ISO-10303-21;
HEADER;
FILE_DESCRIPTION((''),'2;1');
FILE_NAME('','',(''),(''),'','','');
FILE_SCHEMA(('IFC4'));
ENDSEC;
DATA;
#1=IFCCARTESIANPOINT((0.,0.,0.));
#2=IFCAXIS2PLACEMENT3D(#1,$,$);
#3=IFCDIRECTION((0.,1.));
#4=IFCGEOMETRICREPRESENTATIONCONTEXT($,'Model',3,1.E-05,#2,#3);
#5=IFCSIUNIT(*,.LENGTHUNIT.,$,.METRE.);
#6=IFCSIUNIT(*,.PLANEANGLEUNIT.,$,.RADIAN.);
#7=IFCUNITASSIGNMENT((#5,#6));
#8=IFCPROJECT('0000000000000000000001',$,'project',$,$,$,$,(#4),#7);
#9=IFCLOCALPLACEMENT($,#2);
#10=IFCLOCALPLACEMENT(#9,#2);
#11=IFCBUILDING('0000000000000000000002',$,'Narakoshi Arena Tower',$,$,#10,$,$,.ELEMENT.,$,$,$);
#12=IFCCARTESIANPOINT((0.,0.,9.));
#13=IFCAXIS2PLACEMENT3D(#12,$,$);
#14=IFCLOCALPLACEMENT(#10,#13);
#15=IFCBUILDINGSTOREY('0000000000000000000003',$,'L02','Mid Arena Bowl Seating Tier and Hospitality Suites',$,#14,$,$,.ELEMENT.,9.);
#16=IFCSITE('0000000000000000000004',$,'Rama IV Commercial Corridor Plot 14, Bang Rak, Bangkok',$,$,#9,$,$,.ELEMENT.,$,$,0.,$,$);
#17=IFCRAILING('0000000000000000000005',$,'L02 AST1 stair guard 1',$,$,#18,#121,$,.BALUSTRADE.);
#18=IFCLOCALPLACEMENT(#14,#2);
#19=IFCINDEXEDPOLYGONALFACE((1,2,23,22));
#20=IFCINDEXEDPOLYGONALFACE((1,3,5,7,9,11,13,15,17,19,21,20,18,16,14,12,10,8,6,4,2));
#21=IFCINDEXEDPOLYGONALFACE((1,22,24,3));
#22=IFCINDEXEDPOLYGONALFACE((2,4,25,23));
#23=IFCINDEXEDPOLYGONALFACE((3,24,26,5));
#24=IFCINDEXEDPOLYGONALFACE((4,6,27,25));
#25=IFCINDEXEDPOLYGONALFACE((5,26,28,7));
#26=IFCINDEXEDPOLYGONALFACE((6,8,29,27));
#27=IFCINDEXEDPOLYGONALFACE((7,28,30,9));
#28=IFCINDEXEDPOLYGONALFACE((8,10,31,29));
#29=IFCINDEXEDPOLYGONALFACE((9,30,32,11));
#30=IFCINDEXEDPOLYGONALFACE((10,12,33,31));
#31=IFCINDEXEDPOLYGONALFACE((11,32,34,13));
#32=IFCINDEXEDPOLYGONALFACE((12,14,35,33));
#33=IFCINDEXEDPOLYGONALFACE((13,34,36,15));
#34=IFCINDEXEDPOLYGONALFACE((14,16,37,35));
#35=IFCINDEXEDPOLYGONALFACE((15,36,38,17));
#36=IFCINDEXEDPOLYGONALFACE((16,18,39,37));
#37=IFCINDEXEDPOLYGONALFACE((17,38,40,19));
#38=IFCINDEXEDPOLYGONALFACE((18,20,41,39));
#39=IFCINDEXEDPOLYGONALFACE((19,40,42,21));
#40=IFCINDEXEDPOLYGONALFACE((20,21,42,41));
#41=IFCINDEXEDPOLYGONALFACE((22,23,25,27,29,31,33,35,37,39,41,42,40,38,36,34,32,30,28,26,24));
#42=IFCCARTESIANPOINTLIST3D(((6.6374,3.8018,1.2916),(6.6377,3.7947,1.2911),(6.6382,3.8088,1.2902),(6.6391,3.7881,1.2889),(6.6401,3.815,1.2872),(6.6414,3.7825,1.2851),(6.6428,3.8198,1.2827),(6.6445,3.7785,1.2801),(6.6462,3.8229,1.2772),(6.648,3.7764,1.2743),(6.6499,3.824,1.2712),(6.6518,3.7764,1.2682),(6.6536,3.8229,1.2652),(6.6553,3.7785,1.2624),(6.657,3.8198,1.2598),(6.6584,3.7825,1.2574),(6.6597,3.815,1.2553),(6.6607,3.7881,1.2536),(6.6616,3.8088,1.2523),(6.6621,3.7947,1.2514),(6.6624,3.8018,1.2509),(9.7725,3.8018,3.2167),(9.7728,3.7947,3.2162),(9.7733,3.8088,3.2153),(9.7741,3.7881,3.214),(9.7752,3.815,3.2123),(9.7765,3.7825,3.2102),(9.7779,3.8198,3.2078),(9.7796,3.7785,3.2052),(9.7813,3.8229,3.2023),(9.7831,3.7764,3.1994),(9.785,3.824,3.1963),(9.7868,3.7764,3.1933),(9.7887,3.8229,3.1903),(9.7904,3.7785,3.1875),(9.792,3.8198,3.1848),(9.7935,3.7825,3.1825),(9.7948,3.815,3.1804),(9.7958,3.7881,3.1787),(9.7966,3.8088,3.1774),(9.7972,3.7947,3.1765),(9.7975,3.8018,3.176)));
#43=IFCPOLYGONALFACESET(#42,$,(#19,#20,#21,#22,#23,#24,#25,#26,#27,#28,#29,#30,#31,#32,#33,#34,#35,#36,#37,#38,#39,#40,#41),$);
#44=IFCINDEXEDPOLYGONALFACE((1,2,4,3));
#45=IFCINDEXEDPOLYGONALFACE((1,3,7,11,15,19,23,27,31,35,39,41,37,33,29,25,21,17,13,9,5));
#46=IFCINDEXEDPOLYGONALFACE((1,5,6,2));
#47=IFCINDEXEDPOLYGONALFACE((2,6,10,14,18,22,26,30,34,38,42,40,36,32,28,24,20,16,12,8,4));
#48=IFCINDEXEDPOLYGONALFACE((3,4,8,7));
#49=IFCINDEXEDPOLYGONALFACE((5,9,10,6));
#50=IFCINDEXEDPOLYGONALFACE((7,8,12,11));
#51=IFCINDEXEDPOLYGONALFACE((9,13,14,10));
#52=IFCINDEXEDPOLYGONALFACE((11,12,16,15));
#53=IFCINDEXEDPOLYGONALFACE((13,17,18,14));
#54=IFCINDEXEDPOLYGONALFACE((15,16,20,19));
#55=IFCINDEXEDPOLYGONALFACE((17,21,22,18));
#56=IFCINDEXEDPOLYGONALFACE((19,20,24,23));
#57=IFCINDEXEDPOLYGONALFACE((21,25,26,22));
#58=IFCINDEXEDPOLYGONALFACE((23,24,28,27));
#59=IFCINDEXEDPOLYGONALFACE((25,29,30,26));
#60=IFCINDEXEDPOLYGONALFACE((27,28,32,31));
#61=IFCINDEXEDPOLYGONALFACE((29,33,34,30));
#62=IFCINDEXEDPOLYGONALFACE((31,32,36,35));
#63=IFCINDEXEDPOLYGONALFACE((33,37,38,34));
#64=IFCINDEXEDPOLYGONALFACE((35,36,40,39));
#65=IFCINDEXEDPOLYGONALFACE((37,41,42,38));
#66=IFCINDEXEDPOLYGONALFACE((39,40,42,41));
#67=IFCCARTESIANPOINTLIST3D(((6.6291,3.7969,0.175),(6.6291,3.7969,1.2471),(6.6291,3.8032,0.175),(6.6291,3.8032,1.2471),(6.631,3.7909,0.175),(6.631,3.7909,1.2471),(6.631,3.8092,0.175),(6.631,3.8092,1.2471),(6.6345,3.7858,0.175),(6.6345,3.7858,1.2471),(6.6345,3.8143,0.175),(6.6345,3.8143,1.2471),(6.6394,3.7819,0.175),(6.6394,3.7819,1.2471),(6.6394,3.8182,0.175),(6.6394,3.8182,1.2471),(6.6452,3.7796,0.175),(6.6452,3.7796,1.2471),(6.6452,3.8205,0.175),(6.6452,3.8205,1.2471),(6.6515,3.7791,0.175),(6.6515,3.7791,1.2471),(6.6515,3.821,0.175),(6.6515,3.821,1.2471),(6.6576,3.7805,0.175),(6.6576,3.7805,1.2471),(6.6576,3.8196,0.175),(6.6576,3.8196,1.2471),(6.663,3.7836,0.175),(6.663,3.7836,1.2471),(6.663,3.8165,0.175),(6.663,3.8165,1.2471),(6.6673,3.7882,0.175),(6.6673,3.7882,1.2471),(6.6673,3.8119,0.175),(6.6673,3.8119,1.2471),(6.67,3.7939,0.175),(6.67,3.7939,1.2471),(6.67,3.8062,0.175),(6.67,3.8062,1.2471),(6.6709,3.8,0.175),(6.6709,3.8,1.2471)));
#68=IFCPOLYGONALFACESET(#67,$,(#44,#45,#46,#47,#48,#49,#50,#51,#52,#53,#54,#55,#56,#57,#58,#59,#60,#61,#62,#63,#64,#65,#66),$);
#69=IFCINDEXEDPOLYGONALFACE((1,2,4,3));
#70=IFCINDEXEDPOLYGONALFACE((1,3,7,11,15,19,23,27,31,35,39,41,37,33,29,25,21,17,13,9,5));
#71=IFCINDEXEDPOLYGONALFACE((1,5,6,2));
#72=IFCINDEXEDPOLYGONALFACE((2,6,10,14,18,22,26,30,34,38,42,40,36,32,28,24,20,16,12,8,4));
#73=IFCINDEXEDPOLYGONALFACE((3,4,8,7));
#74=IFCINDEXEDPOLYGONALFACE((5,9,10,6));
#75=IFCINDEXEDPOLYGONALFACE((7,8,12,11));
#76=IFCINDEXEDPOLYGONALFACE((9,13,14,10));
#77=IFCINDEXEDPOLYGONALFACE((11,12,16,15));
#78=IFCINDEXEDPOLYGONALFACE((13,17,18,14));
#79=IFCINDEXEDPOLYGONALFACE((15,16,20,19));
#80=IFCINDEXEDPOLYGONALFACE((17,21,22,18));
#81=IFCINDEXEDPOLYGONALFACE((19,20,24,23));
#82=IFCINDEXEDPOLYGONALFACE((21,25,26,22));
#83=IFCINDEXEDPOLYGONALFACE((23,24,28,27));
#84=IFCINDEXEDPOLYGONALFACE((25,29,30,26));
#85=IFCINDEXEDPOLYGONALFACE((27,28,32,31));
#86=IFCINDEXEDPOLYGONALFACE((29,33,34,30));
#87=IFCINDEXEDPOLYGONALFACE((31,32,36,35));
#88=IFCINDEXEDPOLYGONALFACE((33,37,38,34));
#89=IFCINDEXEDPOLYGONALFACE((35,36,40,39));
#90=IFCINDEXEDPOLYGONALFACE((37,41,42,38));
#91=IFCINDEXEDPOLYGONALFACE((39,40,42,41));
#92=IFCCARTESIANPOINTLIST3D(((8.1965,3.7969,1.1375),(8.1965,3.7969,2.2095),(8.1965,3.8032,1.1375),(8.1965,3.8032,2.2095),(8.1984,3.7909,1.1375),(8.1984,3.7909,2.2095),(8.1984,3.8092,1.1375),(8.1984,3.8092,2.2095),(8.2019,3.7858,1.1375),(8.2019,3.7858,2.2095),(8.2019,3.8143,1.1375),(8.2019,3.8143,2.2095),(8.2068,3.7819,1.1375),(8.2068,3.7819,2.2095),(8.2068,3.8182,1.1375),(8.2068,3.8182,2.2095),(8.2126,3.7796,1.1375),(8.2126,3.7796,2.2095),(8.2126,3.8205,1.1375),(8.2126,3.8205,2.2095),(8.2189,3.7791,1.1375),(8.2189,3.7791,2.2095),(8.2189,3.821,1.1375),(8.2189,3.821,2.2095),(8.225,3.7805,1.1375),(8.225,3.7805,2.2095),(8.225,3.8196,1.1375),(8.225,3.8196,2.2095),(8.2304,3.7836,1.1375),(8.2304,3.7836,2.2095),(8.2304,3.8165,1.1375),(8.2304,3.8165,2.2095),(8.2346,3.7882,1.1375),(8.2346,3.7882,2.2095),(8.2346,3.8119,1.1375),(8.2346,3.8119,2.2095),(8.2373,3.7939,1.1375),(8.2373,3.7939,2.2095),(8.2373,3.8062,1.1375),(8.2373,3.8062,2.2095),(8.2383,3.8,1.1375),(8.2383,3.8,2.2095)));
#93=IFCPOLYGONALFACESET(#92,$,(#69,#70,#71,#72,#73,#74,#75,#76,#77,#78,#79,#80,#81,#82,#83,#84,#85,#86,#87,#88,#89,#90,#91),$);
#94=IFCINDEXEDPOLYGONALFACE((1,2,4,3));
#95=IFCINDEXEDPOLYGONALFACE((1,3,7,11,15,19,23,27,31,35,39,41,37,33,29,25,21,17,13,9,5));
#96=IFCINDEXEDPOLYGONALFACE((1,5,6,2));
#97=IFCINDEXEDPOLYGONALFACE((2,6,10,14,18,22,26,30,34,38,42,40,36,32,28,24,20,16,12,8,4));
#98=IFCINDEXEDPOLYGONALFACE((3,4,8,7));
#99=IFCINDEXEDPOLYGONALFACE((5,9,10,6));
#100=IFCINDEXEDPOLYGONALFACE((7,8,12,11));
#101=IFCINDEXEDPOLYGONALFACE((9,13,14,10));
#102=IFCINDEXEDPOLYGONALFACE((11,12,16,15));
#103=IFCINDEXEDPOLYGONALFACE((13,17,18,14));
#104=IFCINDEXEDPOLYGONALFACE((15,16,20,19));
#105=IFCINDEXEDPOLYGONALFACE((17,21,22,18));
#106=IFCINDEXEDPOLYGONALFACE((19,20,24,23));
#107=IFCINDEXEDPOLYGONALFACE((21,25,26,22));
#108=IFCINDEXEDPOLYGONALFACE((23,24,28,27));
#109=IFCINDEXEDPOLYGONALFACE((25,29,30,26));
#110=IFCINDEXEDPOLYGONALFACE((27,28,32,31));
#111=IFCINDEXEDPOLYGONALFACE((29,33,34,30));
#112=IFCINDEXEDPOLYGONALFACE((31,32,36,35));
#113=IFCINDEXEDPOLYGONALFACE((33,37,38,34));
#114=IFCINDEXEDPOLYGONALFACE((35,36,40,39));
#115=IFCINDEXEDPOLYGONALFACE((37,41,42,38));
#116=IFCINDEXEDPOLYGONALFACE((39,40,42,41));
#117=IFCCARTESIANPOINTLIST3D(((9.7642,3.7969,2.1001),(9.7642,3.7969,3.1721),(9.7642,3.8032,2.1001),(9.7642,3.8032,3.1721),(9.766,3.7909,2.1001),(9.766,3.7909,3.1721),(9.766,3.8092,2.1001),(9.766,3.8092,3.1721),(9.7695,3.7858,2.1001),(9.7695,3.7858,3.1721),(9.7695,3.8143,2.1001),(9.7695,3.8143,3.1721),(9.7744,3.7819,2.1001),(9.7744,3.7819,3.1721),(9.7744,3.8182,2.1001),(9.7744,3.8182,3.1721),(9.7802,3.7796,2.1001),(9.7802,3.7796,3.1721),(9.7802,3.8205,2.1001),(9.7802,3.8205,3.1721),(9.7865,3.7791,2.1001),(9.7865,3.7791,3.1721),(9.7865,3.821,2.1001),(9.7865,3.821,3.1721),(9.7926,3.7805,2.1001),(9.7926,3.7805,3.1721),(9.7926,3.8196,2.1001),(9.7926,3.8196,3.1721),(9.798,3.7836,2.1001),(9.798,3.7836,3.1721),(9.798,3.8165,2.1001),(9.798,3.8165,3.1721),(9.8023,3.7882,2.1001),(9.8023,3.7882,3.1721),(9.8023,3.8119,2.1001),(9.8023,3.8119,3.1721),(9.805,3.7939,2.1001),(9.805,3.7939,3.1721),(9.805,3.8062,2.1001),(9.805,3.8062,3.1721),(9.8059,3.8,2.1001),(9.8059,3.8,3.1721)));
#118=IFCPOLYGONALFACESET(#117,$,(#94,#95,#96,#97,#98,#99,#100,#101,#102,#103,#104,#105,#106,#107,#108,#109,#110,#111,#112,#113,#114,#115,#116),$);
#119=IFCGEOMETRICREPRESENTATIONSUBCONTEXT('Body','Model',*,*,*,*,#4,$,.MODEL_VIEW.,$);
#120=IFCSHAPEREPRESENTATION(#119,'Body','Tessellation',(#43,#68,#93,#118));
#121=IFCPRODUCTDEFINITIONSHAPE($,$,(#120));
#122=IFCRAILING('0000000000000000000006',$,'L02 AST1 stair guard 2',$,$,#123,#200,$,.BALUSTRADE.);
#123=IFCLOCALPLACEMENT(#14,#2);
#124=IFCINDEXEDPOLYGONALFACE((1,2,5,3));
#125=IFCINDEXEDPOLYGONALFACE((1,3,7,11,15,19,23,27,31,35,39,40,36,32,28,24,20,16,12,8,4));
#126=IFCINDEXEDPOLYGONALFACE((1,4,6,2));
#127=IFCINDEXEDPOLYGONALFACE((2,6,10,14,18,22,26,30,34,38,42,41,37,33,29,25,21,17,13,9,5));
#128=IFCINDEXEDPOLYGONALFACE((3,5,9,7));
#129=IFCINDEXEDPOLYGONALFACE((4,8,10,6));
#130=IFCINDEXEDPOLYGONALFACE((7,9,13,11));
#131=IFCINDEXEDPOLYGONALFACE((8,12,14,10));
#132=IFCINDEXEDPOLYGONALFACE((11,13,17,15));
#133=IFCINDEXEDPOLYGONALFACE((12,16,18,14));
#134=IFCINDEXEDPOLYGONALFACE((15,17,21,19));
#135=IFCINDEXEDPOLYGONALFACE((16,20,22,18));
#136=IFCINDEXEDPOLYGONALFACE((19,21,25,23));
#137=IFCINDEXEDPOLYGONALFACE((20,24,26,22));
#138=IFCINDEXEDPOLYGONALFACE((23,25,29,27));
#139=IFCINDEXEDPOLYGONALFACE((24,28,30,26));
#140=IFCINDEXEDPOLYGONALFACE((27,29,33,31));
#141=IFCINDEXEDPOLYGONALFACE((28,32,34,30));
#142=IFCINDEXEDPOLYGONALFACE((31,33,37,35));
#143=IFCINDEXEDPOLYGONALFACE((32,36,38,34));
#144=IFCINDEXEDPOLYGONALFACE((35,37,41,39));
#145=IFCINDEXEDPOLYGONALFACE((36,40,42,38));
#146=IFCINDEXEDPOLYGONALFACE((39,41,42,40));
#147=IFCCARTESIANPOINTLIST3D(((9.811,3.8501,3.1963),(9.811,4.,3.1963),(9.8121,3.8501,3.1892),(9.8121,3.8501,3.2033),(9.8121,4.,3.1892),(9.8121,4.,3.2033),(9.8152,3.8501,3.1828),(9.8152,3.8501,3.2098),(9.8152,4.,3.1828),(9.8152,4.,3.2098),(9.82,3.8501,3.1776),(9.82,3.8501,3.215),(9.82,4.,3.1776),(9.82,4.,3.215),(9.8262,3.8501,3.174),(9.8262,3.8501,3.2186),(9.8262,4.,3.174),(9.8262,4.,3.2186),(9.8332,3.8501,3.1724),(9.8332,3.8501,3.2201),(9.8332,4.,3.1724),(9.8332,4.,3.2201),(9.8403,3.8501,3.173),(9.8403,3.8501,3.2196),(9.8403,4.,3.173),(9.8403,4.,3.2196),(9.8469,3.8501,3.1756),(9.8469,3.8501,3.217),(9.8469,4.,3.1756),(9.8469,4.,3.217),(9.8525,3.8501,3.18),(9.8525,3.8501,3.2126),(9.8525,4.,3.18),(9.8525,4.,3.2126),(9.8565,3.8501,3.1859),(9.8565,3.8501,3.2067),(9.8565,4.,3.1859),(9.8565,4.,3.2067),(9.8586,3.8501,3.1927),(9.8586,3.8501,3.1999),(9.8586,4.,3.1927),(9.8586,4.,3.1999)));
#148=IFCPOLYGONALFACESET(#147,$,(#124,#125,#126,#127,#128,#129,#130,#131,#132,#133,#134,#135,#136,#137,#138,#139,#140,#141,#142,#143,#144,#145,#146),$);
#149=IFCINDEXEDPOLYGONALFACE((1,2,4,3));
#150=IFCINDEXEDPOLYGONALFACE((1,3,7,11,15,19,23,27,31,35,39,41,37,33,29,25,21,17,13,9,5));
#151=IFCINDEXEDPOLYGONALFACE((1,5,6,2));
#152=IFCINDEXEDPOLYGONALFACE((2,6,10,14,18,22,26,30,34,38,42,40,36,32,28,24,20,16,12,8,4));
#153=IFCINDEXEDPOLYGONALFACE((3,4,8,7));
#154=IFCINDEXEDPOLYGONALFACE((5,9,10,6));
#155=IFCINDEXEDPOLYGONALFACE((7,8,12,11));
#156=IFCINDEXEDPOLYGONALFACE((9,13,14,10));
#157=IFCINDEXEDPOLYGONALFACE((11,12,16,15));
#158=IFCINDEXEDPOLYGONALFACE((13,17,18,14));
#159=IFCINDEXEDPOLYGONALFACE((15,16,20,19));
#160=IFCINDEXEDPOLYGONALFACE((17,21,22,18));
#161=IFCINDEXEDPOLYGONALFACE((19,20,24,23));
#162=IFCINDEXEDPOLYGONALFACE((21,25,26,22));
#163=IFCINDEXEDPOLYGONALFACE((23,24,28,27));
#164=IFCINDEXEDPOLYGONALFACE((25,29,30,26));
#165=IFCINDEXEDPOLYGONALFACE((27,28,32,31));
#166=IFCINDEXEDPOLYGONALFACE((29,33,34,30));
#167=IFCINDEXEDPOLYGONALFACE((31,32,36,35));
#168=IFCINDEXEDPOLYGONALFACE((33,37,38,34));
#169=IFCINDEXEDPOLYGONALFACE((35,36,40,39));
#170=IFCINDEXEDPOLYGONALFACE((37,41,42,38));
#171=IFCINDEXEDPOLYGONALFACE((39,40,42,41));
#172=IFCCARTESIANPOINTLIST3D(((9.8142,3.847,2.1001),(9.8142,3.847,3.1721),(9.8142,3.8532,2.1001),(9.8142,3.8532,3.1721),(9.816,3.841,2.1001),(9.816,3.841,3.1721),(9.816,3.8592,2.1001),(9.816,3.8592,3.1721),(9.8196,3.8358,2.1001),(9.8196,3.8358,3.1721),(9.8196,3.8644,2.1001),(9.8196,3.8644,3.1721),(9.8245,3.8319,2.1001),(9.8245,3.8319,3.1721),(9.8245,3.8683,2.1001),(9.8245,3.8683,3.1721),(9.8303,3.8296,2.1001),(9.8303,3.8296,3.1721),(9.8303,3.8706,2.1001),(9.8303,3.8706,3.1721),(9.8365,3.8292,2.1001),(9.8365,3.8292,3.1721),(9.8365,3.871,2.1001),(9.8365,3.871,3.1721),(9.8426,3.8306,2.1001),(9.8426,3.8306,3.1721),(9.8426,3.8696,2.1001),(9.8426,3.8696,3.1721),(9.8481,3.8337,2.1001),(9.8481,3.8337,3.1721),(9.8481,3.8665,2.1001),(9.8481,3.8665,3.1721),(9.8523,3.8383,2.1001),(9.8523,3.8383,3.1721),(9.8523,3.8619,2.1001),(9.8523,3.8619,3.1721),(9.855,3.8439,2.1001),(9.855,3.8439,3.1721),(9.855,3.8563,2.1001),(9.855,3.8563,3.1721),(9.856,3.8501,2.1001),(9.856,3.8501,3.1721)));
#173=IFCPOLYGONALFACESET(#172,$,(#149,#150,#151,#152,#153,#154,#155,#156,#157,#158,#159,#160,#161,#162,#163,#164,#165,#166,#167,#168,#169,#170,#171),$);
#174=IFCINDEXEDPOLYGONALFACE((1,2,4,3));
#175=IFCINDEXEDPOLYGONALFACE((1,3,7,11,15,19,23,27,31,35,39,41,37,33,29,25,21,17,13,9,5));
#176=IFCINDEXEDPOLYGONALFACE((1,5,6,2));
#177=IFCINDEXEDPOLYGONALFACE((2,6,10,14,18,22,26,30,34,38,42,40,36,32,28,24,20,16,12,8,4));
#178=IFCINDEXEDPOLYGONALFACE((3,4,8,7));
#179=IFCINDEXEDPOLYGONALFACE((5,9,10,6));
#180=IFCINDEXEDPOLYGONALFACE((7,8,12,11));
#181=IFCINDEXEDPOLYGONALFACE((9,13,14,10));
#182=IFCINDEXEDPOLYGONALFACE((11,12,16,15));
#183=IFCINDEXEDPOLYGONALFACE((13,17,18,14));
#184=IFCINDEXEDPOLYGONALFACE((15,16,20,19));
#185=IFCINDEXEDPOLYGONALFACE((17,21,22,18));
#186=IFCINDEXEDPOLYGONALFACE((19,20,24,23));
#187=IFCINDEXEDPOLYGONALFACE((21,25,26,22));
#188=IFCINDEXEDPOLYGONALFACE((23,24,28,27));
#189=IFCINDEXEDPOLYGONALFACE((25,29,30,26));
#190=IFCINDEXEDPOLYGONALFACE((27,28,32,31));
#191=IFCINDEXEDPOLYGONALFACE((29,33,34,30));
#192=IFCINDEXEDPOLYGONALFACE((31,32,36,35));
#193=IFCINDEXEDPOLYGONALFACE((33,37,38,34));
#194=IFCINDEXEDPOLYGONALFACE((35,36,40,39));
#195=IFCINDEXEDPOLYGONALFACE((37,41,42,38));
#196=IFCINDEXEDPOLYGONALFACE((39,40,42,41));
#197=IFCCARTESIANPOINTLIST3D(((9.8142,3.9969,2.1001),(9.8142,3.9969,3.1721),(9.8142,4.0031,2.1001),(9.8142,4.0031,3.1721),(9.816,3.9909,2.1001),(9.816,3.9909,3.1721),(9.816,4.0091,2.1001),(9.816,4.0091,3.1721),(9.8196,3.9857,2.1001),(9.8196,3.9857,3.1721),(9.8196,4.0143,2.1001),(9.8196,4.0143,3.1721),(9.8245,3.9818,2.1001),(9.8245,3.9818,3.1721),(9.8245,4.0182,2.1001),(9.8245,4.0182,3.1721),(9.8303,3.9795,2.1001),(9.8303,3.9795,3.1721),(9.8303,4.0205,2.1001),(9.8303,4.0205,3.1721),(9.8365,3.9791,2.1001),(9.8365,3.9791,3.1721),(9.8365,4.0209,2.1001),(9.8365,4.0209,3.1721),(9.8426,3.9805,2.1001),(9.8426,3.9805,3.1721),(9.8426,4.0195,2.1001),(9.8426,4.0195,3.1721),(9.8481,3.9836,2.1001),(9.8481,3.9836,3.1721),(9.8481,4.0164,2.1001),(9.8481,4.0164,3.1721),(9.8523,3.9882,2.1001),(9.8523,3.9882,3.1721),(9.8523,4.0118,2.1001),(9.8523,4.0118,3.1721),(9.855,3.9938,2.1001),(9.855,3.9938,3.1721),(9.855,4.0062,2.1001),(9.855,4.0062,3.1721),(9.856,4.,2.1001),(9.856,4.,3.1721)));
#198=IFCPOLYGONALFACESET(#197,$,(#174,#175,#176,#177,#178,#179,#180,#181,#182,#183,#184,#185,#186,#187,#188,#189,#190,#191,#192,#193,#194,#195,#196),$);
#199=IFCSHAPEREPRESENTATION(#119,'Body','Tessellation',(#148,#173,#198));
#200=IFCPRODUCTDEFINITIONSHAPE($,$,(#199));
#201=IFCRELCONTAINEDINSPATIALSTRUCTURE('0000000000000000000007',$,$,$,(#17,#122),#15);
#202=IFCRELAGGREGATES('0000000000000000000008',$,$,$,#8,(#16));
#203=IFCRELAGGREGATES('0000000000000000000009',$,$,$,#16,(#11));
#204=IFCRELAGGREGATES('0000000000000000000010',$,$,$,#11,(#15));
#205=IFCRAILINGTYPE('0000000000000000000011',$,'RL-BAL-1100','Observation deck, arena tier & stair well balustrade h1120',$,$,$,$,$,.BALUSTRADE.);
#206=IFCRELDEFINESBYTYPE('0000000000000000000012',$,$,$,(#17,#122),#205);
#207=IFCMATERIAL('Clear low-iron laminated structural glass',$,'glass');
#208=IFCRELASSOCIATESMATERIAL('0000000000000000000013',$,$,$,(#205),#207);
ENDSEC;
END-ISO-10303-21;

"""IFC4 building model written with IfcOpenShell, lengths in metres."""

from ifc_helpers import new_model, si_unit, direction, frame, origin, origin_2d, place, context, subcontext, project, spatial, circle, extrude, material, type_object, element, save


model = new_model("IFC4")

# Units and contexts
model_context = context("Model", 3, precision=1e-05, world=origin(), true_north=direction((0.0, 1.0)))
body_context = subcontext(model_context, "Body", "Model", "MODEL_VIEW")
ifc_project = project(units=[si_unit("LENGTHUNIT", "METRE"), si_unit("PLANEANGLEUNIT", "RADIAN")], contexts=[model_context])

# Site, building, storey
site_placement = place(None, origin())
site = spatial("IfcSite", under=ifc_project, at=site_placement, Name="Rama IV Commercial Corridor Plot 14, Bang Rak, Bangkok", CompositionType="ELEMENT", RefElevation=0.0)
building_placement = place(site_placement, origin())
building = spatial("IfcBuilding", under=site, at=building_placement, Name="Narakoshi Arena Tower", CompositionType="ELEMENT")
storey_placement = place(building_placement, frame((0.0, 0.0, 9.0)))
storey = spatial("IfcBuildingStorey", under=building, at=storey_placement, Name="L02", Description="Mid Arena Bowl Seating Tier and Hospitality Suites", CompositionType="ELEMENT", Elevation=9.0)

# Railings
ifc_material_1 = material(Name="Clear low-iron laminated structural glass", Category="glass")
railing_type_1 = type_object("IfcRailingType", Name="RL-BAL-1100", Description="Observation deck, arena tier & stair well balustrade h1120", PredefinedType="BALUSTRADE", material=ifc_material_1)
railing_1_placement = place(storey_placement, frame((6.6499, 3.8, 0.175)))
element("IfcRailing", 1, at=railing_1_placement, inside=storey, type_object=railing_type_1, Name="L02 AST1 stair guard 1", PredefinedType="BALUSTRADE", context=body_context, shape_type="SweptSolid", body=[
    extrude(circle(Radius=0.0239, at=origin_2d()), frame((0.0, 0.0, 1.0962), z_axis=(0.852166, 0.0, 0.523271), x_axis=(0.0, 1.0, 0.0)), (0.0, 0.0, 1.0), 3.679),
    extrude(circle(Radius=0.021, at=origin_2d()), origin(), (0.0, 0.0, 1.0), 1.072),
    extrude(circle(Radius=0.021, at=origin_2d()), frame((1.5674, 0.0, 0.9624)), (0.0, 0.0, 1.0), 1.072),
    extrude(circle(Radius=0.021, at=origin_2d()), frame((3.135, 0.0, 1.925)), (0.0, 0.0, 1.0), 1.072),
])
railing_2_placement = place(storey_placement, frame((9.835, 3.8501, 2.1001)))
element("IfcRailing", 2, at=railing_2_placement, inside=storey, type_object=railing_type_1, Name="L02 AST1 stair guard 2", PredefinedType="BALUSTRADE", context=body_context, shape_type="SweptSolid", body=[
    extrude(circle(Radius=0.0239, at=origin_2d()), frame((0.0, 0.0, 1.0962), z_axis=(0.0, 1.0, 0.0), x_axis=(-1.0, 0.0, 0.0)), (0.0, 0.0, 1.0), 0.1499),
    extrude(circle(Radius=0.021, at=origin_2d()), origin(), (0.0, 0.0, 1.0), 1.072),
    extrude(circle(Radius=0.021, at=origin_2d()), frame((0.0, 0.1499, 0.0)), (0.0, 0.0, 1.0), 1.072),
])

save(model, "model.ifc")
